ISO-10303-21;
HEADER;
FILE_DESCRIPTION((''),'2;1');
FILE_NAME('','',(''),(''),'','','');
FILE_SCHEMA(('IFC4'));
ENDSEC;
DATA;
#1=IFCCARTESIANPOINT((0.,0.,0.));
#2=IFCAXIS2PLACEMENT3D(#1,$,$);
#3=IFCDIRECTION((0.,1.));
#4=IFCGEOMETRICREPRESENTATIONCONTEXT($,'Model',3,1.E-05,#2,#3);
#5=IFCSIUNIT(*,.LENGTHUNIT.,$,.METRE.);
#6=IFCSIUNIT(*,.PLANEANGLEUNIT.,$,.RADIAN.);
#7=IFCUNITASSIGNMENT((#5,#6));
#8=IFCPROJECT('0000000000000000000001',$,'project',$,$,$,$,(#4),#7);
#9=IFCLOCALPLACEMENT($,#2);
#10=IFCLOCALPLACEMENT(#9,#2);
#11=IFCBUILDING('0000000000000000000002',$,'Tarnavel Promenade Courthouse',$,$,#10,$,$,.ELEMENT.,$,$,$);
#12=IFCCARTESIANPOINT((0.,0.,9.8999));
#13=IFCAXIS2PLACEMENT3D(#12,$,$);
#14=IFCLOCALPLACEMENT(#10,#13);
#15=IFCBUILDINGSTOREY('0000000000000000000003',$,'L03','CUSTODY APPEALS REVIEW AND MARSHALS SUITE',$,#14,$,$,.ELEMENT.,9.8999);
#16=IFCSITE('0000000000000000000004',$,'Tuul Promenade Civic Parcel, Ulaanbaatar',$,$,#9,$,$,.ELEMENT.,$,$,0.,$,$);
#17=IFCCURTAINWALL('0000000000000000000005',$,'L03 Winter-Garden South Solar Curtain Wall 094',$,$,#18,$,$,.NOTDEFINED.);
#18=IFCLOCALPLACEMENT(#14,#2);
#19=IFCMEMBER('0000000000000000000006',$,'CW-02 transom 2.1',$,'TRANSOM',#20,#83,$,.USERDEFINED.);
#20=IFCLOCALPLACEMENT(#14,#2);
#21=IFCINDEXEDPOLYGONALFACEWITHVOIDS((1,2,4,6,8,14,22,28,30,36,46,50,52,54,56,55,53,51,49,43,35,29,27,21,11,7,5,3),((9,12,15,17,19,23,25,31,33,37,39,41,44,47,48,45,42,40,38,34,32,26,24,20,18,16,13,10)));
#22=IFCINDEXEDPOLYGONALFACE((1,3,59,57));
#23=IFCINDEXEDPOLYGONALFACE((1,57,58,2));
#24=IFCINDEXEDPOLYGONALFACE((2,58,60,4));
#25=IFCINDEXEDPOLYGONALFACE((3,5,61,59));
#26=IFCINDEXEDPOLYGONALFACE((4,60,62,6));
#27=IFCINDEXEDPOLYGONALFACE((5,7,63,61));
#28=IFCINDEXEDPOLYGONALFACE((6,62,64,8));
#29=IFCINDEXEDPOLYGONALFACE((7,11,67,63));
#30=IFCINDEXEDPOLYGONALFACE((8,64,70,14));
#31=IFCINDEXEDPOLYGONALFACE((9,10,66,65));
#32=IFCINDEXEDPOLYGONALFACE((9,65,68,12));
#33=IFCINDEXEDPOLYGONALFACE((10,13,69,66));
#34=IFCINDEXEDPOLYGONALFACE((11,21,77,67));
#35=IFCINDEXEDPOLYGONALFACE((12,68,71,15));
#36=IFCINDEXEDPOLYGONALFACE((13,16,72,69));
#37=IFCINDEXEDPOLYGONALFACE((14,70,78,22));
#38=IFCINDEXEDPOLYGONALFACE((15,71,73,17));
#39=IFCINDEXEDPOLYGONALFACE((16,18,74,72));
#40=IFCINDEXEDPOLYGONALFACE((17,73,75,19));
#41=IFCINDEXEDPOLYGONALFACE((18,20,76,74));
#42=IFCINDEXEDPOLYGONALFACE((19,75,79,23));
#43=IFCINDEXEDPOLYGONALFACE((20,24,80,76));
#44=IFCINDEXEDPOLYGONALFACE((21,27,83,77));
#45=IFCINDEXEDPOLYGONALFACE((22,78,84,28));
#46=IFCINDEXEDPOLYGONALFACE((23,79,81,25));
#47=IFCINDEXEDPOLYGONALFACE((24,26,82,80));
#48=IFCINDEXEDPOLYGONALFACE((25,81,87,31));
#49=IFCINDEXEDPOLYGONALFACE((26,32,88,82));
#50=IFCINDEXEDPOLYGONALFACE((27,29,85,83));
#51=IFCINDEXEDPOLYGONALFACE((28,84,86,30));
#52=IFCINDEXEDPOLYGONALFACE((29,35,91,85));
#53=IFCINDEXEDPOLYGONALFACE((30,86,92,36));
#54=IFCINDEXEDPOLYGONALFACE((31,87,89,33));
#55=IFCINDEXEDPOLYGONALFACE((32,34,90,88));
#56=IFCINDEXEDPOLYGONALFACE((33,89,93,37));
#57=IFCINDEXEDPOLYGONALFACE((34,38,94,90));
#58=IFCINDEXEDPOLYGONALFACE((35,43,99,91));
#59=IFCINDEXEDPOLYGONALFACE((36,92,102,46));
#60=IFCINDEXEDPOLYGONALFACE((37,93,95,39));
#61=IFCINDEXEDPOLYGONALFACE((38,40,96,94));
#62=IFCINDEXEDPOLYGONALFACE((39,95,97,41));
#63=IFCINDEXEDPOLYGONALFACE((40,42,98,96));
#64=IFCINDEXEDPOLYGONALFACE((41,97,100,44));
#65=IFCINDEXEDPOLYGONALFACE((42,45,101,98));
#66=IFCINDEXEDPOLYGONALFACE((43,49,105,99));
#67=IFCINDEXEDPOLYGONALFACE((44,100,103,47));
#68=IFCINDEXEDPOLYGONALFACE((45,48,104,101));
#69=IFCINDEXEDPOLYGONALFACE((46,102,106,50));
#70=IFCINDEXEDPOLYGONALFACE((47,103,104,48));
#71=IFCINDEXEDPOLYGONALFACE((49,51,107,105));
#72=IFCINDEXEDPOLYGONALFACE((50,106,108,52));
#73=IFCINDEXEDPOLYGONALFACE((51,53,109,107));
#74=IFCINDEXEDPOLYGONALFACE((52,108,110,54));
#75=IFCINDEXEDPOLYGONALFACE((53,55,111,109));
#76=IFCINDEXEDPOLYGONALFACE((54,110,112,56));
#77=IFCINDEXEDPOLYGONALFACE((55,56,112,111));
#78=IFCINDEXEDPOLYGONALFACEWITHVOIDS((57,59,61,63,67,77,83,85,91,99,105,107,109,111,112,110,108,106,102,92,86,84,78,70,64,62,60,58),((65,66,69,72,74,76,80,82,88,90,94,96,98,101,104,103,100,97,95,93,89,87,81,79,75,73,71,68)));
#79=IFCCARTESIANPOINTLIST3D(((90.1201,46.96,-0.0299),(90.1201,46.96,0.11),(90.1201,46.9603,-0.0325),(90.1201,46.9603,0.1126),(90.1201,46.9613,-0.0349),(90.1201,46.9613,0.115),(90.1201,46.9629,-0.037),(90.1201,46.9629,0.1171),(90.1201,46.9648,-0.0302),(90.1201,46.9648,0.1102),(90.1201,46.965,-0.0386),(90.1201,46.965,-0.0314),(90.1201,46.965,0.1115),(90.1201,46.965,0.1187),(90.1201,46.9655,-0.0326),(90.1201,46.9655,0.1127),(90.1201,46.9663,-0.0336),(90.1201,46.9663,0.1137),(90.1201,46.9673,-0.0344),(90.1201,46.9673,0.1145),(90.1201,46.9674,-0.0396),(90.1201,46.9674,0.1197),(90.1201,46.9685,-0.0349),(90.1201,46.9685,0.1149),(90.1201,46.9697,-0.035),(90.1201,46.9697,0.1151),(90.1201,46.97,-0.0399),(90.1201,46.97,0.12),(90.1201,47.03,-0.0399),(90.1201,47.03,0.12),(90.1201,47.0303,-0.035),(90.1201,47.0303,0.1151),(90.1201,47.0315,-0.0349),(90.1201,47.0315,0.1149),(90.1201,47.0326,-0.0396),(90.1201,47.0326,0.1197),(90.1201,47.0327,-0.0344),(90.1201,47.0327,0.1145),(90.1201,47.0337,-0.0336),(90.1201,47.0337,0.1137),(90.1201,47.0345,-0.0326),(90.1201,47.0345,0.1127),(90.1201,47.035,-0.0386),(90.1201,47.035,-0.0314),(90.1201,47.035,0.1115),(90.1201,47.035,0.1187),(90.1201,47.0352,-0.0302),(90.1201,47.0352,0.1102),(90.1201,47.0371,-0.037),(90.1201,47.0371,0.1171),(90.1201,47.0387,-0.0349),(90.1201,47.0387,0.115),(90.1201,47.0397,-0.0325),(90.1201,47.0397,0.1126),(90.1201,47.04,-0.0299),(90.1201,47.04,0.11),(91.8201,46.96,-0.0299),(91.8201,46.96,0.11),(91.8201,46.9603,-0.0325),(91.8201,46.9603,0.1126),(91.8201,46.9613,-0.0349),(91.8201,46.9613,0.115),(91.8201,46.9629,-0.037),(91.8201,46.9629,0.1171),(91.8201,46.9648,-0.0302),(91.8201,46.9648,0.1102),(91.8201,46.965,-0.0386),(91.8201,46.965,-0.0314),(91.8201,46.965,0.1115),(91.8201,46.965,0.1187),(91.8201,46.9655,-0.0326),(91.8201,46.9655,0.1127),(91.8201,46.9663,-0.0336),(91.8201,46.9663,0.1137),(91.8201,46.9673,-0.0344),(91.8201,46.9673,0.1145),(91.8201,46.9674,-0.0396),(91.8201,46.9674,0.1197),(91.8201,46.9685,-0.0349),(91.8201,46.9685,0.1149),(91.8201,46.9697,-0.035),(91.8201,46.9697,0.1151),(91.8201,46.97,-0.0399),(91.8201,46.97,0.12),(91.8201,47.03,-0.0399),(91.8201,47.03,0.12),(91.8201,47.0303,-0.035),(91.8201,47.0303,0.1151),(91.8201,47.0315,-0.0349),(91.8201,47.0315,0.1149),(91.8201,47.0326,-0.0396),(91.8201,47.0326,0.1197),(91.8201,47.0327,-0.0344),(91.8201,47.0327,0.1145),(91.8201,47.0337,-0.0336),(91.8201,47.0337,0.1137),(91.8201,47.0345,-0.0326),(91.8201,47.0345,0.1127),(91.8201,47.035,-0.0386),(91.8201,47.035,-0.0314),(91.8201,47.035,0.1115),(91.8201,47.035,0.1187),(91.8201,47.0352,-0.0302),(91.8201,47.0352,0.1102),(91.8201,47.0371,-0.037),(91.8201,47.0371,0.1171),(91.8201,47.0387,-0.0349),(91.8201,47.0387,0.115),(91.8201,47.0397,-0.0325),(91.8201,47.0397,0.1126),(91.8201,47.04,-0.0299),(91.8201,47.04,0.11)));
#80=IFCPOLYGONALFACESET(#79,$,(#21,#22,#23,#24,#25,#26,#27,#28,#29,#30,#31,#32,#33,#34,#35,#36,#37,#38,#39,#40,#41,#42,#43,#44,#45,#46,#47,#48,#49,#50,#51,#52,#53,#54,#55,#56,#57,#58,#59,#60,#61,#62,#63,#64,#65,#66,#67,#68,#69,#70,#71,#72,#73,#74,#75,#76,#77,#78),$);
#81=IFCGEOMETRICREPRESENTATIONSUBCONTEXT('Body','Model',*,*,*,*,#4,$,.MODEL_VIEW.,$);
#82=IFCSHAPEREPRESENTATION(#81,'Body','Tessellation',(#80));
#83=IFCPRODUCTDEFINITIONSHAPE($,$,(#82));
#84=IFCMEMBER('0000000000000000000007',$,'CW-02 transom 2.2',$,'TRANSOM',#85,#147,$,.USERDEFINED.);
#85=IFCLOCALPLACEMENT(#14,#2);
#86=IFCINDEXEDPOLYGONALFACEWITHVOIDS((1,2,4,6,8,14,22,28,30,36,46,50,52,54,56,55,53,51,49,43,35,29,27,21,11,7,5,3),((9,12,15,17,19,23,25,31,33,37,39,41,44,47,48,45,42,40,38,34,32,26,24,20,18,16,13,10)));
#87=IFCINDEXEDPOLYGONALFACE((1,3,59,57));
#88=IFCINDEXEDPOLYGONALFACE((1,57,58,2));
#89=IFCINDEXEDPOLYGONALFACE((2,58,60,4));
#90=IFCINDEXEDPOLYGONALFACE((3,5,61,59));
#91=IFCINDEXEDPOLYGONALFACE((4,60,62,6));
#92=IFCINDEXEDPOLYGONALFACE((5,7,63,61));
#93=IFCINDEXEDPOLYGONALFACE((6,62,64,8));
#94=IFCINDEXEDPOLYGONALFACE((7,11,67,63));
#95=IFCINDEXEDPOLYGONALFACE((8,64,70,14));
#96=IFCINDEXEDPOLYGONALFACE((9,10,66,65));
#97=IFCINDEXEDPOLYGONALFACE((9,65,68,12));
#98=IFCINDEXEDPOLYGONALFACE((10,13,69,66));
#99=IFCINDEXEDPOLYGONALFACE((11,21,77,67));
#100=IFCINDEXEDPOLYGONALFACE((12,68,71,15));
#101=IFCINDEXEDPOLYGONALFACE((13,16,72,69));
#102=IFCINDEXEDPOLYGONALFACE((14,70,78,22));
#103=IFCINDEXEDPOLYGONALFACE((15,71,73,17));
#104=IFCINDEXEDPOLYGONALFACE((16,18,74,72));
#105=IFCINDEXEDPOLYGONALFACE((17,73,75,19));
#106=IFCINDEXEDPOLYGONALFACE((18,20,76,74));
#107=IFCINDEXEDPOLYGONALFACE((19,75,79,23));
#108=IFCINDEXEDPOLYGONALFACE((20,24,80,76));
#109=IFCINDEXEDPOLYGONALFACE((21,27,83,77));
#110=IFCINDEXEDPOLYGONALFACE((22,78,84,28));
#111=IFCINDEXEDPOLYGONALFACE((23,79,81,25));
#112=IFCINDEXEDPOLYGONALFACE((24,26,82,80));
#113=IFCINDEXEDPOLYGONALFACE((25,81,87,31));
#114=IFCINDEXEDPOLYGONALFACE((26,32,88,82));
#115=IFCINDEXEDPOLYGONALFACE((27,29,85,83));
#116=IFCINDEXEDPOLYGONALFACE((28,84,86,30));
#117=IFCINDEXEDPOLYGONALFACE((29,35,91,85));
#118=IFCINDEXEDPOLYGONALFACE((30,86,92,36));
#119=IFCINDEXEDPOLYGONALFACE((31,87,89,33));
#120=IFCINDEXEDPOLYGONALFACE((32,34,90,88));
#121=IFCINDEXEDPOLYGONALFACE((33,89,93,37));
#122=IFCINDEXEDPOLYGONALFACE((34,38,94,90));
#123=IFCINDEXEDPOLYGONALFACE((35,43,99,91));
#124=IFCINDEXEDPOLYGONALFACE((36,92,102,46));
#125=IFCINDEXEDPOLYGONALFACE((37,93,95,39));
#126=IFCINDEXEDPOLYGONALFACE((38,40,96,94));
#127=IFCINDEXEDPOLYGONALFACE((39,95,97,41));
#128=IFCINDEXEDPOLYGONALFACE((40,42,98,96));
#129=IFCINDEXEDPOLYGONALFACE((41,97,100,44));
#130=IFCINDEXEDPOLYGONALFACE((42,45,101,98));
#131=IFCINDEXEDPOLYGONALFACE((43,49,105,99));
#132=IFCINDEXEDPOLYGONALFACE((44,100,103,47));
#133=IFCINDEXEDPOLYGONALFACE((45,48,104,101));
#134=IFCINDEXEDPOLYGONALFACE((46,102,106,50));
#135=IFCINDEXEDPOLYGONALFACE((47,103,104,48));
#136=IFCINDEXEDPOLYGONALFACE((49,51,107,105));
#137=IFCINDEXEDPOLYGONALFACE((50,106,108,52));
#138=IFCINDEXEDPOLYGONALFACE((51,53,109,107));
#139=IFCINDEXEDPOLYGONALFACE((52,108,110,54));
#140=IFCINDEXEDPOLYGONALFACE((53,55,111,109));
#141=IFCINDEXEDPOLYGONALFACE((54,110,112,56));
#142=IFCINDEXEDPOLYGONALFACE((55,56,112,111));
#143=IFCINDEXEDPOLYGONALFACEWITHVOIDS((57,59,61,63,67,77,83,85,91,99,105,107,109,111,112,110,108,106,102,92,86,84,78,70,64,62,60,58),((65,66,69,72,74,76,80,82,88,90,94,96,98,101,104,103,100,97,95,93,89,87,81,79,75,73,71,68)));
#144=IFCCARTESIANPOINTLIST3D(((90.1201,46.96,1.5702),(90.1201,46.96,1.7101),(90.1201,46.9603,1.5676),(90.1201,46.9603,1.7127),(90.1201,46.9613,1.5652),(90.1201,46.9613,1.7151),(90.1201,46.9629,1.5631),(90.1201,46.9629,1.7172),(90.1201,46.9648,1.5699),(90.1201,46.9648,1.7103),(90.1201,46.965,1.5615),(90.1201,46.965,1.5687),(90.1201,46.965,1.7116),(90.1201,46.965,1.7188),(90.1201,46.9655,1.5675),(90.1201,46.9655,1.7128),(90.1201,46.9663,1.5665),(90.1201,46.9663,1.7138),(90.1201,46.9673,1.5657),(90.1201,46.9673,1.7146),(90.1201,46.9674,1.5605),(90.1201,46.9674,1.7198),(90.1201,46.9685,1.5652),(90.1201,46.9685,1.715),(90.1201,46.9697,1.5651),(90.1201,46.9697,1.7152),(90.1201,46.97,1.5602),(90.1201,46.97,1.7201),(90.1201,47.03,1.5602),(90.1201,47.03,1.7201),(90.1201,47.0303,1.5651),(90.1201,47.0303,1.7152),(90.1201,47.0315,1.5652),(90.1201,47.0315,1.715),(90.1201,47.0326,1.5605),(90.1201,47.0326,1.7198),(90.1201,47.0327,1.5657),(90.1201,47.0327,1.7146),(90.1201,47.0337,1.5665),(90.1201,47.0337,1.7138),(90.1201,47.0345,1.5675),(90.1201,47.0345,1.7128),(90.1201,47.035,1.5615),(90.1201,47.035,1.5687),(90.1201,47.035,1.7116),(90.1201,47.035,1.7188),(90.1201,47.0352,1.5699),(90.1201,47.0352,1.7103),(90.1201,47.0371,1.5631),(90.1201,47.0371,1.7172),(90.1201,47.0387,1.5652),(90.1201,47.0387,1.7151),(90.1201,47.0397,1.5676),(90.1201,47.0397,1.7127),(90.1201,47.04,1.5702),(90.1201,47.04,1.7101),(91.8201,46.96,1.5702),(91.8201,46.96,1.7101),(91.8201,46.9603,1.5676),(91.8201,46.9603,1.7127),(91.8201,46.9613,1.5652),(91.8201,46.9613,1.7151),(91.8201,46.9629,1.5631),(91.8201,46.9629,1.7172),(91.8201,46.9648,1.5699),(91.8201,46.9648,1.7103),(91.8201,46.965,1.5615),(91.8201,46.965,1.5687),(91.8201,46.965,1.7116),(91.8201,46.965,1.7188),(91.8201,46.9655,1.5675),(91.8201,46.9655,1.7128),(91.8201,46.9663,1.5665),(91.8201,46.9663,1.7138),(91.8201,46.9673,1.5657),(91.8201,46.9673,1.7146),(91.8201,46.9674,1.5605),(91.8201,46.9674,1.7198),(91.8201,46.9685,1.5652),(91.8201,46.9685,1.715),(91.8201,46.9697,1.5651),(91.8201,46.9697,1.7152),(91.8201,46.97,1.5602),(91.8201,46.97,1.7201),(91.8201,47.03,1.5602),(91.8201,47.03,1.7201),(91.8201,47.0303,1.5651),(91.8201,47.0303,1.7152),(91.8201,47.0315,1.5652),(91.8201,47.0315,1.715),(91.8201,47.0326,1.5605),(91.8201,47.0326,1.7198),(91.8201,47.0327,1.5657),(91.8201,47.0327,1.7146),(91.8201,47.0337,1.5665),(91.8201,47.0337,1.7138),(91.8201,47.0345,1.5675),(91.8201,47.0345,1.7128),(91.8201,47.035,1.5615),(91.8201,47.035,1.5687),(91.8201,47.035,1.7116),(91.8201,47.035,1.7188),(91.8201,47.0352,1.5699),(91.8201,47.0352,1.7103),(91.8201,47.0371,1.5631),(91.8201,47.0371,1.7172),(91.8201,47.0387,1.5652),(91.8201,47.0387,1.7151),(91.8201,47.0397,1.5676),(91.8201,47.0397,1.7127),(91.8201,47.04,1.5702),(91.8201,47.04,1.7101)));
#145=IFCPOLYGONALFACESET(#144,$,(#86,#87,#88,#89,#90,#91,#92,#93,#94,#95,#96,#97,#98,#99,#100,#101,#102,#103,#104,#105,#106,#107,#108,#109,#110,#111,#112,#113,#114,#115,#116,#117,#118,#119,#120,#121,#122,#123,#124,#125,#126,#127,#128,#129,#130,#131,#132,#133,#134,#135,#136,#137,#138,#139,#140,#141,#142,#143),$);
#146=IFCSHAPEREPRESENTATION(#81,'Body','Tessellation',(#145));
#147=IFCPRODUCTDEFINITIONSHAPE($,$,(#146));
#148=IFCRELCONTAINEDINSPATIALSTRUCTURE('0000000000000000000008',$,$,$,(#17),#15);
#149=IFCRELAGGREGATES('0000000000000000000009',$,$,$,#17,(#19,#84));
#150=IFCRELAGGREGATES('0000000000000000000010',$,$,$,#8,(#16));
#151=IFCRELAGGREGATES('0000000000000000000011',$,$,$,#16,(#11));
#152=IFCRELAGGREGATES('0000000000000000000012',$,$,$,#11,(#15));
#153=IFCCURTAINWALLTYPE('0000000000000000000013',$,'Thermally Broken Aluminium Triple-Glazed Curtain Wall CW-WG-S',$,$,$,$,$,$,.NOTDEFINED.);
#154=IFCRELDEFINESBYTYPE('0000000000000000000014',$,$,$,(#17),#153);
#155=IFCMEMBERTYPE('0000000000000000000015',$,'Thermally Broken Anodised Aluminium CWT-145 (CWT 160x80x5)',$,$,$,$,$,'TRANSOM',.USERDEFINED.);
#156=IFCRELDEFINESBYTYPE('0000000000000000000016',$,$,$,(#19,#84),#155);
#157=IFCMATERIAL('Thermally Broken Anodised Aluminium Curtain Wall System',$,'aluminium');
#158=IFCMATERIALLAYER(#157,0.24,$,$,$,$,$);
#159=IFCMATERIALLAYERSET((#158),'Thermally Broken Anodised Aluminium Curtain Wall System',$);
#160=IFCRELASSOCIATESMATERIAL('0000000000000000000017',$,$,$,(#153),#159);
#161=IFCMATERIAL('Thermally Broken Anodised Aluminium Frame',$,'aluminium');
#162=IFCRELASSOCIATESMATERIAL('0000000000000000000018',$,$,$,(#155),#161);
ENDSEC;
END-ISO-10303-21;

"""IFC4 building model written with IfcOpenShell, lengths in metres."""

from ifc_helpers import new_model, si_unit, direction, frame, origin, origin_2d, place, context, subcontext, project, spatial, hollow_rectangle, extrude, material, layer, layer_set, material_profile, profile_set, type_object, element, aggregate, save


model = new_model("IFC4")

# Units and contexts
model_context = context("Model", 3, precision=1e-05, world=origin(), true_north=direction((0.0, 1.0)))
body_context = subcontext(model_context, "Body", "Model", "MODEL_VIEW")
ifc_project = project(units=[si_unit("LENGTHUNIT", "METRE"), si_unit("PLANEANGLEUNIT", "RADIAN")], contexts=[model_context])

# Site, building, storey
site_placement = place(None, origin())
site = spatial("IfcSite", under=ifc_project, at=site_placement, Name="Tuul Promenade Civic Parcel, Ulaanbaatar", CompositionType="ELEMENT", RefElevation=0.0)
building_placement = place(site_placement, origin())
building = spatial("IfcBuilding", under=site, at=building_placement, Name="Tarnavel Promenade Courthouse", CompositionType="ELEMENT")
storey_placement = place(building_placement, frame((0.0, 0.0, 9.8999)))
storey = spatial("IfcBuildingStorey", under=building, at=storey_placement, Name="L03", Description="CUSTODY APPEALS REVIEW AND MARSHALS SUITE", CompositionType="ELEMENT", Elevation=9.8999)

# Curtain wall
ifc_material_1 = material(Name="Thermally Broken Anodised Aluminium Curtain Wall System", Category="aluminium")
ifc_layer_1 = layer(ifc_material_1, 0.24)
ifc_layer_set_1 = layer_set([ifc_layer_1], Name="Thermally Broken Anodised Aluminium Curtain Wall System")
curtain_wall_type = type_object("IfcCurtainWallType", Name="Thermally Broken Aluminium Triple-Glazed Curtain Wall CW-WG-S", PredefinedType="NOTDEFINED", material=ifc_layer_set_1)
ifc_material_2 = material(Name="Thermally Broken Anodised Aluminium Frame", Category="aluminium")
curtain_wall_1_placement = place(storey_placement, origin())
curtain_wall_1 = element("IfcCurtainWall", 1, at=curtain_wall_1_placement, inside=storey, type_object=curtain_wall_type, Name="L03 Winter-Garden South Solar Curtain Wall 094", PredefinedType="NOTDEFINED")

# Members
ifc_material_profile_1 = material_profile(ifc_material_2, hollow_rectangle(XDim=0.0801, YDim=0.1599, WallThickness=0.0049, InnerFilletRadius=0.0049, OuterFilletRadius=0.01, at=origin_2d()), Name="CWT 160x80x5")
ifc_profile_set_1 = profile_set([ifc_material_profile_1], Name="Thermally Broken Anodised Aluminium Frame")
member_type_1 = type_object("IfcMemberType", Name="Thermally Broken Anodised Aluminium CWT-145 (CWT 160x80x5)", ElementType="TRANSOM", PredefinedType="USERDEFINED", material=ifc_profile_set_1)
member_1_placement = place(storey_placement, frame((90.1201, 47.0, 0.04), z_axis=(1.0, 0.0, 0.0), x_axis=(0.0, 1.0, 0.0)))
member_1 = element("IfcMember", 2, at=member_1_placement, type_object=member_type_1, Name="CW-02 transom 2.1", ObjectType="TRANSOM", PredefinedType="USERDEFINED", context=body_context, shape_type="SweptSolid", body=[
    extrude(hollow_rectangle(XDim=0.0801, YDim=0.1599, WallThickness=0.0049, InnerFilletRadius=0.0049, OuterFilletRadius=0.01, at=origin_2d()), origin(), (0.0, 0.0, 1.0), 1.7),
])
member_2_placement = place(storey_placement, frame((90.1201, 47.0, 1.6401), z_axis=(1.0, 0.0, 0.0), x_axis=(0.0, 1.0, 0.0)))
member_2 = element("IfcMember", 3, at=member_2_placement, type_object=member_type_1, Name="CW-02 transom 2.2", ObjectType="TRANSOM", PredefinedType="USERDEFINED", context=body_context, shape_type="SweptSolid", body=[
    extrude(hollow_rectangle(XDim=0.0801, YDim=0.1599, WallThickness=0.0049, InnerFilletRadius=0.0049, OuterFilletRadius=0.01, at=origin_2d()), origin(), (0.0, 0.0, 1.0), 1.7),
])

aggregate(curtain_wall_1, [member_1, member_2])

save(model, "model.ifc")
